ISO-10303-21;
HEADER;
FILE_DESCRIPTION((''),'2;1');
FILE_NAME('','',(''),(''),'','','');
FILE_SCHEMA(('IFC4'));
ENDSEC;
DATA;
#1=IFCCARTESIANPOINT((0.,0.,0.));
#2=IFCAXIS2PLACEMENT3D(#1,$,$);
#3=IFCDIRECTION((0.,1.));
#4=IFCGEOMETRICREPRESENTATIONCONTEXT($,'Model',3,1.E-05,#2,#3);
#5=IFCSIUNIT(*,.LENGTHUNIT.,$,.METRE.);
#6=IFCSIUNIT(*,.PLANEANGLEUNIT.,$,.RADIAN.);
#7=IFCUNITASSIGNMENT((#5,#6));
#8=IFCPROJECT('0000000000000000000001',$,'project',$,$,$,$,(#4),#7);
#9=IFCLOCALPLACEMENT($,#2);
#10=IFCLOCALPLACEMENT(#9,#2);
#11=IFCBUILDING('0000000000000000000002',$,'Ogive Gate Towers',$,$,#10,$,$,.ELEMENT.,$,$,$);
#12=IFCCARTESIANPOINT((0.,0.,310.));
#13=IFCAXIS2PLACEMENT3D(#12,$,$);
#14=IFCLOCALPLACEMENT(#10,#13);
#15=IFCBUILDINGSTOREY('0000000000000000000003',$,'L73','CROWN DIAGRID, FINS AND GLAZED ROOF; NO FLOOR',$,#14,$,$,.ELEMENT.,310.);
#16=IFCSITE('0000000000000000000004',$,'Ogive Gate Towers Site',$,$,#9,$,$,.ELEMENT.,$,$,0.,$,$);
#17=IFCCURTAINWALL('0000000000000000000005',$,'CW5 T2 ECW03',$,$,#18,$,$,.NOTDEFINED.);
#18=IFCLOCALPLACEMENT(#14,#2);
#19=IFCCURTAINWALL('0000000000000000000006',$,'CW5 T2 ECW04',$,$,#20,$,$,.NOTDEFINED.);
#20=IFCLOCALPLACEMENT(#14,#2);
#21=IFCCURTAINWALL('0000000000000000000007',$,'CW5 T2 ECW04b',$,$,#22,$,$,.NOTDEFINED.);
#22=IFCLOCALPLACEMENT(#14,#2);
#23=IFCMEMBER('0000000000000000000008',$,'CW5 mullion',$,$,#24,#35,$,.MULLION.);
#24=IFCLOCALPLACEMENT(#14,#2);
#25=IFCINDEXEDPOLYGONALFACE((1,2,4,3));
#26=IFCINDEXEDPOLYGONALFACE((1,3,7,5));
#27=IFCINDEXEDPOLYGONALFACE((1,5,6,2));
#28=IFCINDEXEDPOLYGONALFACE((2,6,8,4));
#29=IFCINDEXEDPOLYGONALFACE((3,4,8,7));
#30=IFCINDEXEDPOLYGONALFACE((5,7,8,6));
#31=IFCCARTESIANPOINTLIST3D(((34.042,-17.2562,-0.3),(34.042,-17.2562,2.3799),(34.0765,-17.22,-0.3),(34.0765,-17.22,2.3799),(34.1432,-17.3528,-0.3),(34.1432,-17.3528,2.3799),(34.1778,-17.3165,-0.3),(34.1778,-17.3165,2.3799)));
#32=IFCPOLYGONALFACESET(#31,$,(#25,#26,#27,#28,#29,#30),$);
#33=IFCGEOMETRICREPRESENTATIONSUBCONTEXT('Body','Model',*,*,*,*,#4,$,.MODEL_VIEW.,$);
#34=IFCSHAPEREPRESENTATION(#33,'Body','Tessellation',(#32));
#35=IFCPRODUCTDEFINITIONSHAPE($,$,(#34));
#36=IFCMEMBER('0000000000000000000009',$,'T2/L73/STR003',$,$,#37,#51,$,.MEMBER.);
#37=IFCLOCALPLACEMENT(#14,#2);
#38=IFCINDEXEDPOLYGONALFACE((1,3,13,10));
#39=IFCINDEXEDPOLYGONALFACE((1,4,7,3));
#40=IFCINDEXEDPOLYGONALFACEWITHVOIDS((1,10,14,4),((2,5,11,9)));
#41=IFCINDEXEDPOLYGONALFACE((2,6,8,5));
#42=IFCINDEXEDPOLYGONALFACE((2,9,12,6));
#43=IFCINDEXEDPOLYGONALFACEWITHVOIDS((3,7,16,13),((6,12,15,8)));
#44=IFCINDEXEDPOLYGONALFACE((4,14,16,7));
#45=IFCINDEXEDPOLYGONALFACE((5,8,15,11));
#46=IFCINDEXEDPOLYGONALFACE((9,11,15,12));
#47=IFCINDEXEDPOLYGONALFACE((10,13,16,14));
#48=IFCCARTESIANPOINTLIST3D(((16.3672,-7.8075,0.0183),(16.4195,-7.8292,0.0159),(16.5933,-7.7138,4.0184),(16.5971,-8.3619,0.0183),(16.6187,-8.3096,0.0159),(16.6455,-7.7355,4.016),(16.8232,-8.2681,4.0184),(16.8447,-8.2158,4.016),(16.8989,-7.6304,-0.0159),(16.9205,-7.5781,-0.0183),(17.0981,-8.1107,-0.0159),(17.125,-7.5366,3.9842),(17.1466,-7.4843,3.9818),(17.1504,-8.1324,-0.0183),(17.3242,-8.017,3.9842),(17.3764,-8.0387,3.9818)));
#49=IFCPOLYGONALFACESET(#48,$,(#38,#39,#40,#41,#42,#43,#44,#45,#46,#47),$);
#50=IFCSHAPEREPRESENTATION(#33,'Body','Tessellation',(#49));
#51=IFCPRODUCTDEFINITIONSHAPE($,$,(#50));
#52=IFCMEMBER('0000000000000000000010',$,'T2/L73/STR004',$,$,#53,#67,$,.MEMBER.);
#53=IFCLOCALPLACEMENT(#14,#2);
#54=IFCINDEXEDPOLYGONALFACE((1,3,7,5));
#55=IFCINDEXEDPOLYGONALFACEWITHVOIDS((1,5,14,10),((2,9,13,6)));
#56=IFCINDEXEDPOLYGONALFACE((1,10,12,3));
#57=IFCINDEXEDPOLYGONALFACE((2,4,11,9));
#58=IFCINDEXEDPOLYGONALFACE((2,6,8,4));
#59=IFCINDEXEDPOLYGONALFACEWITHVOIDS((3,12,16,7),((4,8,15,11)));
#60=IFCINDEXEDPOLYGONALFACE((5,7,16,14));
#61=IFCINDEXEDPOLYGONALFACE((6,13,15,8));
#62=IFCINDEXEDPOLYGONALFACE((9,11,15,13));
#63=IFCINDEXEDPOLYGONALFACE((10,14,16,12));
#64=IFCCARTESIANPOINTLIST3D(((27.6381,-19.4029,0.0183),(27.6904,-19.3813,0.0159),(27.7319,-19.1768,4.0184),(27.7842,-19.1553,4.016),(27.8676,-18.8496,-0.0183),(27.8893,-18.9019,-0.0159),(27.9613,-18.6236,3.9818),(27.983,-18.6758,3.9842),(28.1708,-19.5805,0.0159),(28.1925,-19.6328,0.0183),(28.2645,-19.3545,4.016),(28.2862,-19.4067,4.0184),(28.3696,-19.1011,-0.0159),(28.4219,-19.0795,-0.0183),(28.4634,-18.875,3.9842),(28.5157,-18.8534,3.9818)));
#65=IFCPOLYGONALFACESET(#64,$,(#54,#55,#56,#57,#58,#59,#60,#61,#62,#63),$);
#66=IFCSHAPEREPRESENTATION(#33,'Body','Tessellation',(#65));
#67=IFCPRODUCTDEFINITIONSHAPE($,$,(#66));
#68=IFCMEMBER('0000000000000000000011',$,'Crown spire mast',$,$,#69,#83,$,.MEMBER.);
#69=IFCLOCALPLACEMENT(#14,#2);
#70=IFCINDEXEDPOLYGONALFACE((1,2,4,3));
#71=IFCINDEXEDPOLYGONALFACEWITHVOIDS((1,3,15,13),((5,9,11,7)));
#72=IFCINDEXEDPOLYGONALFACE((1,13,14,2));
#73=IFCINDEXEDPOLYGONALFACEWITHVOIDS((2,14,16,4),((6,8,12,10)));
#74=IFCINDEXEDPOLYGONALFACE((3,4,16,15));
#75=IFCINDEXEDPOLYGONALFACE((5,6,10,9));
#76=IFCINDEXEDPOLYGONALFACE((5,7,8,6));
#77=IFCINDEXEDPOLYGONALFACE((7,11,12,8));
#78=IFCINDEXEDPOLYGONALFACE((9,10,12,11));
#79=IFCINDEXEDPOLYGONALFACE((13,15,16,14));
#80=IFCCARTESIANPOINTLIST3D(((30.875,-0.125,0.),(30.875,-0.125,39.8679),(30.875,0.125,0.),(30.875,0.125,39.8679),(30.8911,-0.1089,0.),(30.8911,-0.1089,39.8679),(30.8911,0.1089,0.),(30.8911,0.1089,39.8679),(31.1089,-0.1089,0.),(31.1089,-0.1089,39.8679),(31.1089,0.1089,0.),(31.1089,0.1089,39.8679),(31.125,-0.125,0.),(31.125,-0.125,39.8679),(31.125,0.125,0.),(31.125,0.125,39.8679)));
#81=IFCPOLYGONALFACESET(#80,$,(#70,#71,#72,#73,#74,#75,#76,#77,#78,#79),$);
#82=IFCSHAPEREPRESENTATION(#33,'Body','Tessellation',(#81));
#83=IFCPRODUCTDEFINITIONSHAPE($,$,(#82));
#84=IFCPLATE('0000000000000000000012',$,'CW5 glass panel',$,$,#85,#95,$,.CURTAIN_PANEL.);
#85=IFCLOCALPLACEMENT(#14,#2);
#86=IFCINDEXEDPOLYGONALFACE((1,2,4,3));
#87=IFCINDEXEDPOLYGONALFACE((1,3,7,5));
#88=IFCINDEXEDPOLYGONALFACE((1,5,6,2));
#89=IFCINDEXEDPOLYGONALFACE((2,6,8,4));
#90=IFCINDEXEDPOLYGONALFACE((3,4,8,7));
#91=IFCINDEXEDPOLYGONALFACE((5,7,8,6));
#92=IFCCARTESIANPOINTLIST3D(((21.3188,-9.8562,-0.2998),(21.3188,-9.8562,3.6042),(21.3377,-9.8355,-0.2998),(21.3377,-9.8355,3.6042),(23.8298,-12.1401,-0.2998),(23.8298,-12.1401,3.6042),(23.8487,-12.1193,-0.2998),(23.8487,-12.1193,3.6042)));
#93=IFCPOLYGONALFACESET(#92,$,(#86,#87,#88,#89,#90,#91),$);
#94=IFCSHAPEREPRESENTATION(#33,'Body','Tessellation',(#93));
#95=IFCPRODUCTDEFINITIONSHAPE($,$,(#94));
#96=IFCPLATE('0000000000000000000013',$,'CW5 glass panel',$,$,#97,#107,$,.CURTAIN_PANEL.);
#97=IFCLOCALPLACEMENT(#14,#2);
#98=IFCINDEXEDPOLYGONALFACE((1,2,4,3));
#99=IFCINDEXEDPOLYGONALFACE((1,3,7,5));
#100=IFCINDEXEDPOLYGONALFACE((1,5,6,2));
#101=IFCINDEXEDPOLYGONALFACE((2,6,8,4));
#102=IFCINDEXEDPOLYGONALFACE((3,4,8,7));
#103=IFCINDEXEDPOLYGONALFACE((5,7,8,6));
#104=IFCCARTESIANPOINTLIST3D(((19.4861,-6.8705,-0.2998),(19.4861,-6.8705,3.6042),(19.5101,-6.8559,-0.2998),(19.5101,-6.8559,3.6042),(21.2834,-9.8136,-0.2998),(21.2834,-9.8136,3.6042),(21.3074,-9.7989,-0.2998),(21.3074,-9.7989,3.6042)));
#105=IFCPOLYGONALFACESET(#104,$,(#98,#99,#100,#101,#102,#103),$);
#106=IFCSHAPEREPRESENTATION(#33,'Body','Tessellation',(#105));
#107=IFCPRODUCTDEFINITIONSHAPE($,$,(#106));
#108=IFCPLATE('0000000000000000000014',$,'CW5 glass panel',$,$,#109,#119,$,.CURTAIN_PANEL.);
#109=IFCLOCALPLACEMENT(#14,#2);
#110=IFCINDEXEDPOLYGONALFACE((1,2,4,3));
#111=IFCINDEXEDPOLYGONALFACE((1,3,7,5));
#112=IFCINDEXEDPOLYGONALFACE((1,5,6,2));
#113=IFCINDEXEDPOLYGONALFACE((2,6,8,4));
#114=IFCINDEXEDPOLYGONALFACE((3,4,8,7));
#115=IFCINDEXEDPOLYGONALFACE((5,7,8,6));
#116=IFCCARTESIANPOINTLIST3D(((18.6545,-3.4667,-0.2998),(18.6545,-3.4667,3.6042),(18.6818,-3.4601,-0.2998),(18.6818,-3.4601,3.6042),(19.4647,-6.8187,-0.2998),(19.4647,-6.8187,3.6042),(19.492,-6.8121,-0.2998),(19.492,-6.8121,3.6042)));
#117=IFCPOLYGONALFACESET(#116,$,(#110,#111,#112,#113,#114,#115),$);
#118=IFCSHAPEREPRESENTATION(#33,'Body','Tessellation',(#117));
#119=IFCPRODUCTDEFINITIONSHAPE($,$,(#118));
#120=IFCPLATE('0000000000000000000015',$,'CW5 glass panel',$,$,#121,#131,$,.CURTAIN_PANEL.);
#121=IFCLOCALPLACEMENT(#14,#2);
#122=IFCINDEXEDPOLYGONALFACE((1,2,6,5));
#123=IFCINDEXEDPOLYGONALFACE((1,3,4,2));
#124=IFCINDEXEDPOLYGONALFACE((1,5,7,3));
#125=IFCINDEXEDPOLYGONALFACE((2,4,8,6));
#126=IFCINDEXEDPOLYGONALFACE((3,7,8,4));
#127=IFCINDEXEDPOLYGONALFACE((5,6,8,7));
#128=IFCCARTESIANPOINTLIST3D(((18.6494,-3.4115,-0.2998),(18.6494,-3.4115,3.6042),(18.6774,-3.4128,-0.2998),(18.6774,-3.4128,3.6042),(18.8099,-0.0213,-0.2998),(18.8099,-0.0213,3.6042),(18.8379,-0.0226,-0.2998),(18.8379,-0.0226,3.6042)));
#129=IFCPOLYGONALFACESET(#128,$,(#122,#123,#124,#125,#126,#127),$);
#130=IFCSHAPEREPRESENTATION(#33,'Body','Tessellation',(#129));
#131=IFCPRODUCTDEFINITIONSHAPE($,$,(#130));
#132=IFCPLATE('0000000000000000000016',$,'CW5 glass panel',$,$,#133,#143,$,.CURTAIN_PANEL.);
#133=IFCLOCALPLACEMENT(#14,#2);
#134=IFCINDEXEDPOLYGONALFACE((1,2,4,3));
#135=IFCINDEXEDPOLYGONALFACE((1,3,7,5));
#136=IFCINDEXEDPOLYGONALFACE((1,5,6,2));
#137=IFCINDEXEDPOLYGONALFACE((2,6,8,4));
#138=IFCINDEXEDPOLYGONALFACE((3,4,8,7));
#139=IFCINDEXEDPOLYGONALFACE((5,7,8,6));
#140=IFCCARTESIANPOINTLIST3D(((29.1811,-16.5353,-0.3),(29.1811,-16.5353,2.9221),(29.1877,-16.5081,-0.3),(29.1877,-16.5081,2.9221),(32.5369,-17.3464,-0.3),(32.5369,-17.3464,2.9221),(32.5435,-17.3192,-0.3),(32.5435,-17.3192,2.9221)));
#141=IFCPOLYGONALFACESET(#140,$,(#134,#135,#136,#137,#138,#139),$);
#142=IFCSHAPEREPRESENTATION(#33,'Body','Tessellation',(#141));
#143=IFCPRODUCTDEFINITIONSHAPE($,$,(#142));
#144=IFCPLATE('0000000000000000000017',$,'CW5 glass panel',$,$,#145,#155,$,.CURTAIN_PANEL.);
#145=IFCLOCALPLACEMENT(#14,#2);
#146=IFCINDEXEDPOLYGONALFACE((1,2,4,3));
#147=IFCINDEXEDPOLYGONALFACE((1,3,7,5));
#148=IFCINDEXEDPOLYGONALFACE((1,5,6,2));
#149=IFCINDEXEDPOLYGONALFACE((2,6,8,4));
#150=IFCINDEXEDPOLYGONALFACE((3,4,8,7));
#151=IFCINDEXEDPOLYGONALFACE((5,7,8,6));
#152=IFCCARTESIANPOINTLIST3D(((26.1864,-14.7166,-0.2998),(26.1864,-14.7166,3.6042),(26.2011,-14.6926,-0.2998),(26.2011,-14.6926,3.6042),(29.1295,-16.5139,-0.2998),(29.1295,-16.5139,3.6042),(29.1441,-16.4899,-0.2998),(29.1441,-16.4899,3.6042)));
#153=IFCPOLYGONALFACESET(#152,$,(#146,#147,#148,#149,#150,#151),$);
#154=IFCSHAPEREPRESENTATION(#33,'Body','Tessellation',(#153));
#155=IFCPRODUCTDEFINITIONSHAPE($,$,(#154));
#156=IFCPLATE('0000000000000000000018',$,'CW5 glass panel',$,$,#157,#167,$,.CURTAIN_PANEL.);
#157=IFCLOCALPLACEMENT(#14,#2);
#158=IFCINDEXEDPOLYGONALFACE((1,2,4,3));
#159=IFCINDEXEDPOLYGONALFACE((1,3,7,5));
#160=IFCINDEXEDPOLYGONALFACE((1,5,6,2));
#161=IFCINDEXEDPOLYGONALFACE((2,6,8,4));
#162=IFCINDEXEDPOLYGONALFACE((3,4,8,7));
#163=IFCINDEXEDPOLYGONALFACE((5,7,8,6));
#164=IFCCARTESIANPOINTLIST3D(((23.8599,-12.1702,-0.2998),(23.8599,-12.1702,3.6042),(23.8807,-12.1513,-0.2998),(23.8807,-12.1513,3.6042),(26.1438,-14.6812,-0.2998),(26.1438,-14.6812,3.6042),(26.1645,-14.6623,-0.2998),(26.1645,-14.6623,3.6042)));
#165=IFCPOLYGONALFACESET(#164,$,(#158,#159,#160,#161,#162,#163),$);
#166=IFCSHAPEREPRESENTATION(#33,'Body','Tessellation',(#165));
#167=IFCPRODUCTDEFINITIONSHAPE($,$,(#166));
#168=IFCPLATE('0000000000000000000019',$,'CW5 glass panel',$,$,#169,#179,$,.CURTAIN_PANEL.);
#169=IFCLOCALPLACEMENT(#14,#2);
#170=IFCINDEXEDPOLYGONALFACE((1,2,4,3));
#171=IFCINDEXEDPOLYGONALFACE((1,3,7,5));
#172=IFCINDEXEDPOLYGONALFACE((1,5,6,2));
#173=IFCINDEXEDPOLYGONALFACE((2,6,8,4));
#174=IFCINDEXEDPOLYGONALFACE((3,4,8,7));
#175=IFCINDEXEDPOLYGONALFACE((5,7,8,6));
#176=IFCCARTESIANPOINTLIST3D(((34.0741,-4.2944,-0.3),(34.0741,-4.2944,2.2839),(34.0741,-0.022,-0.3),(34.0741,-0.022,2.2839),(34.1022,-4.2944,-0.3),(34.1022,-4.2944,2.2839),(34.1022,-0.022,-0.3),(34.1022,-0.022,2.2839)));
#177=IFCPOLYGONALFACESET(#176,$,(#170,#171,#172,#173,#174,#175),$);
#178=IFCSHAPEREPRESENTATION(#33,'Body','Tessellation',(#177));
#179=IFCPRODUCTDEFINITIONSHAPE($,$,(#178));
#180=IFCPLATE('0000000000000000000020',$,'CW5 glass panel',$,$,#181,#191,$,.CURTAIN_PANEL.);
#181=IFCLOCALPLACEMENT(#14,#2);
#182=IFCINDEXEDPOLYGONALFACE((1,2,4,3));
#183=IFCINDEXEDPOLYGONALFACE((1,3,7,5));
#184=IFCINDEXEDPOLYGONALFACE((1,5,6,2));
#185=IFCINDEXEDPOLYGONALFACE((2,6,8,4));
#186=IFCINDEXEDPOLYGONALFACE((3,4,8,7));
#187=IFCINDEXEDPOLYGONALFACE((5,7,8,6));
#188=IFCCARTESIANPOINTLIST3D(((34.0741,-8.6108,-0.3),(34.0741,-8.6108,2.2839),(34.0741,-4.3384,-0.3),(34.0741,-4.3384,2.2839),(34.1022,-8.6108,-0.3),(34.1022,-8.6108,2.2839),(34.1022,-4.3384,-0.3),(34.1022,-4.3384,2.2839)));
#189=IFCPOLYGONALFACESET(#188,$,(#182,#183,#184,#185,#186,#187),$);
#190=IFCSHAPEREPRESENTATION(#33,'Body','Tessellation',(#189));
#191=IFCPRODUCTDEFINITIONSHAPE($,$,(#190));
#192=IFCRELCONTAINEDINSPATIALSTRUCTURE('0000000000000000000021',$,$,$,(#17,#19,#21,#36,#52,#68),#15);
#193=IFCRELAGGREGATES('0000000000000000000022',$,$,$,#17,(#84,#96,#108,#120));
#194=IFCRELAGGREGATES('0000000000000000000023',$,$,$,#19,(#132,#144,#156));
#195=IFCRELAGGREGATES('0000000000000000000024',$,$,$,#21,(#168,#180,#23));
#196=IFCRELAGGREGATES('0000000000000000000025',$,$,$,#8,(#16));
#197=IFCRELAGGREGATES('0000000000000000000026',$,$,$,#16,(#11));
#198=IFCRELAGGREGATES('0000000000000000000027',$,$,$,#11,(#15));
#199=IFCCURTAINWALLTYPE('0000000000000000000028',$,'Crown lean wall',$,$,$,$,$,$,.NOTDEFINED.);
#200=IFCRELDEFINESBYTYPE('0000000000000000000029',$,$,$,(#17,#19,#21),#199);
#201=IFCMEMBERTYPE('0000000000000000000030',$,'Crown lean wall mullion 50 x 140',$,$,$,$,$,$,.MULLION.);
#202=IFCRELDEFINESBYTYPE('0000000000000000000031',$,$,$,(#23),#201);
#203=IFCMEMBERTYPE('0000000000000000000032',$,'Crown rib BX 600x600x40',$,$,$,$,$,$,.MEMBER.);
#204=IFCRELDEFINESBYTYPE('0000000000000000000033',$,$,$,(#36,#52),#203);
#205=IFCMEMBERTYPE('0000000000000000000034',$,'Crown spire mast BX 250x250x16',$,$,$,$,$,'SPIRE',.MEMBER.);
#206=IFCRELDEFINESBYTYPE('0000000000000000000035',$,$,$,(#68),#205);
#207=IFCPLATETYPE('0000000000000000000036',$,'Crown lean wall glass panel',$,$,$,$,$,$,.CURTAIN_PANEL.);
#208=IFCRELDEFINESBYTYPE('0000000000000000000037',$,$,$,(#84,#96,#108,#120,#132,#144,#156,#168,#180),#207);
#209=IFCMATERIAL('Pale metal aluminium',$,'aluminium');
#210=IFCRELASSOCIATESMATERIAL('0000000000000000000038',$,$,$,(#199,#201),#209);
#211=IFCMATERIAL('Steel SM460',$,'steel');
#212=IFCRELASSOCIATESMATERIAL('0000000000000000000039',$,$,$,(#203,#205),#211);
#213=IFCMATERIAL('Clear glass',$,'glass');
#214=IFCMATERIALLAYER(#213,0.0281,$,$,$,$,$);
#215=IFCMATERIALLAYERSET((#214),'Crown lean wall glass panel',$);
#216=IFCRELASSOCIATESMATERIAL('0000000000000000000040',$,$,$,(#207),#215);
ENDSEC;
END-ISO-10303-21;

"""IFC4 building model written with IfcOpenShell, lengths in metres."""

from ifc_helpers import new_model, si_unit, direction, frame, origin, origin_2d, place, context, subcontext, project, spatial, rectangle, hollow_rectangle, extrude, material, layer, layer_set, material_profile, profile_set, type_object, element, aggregate, save


model = new_model("IFC4")

# Units and contexts
model_context = context("Model", 3, precision=1e-05, world=origin(), true_north=direction((0.0, 1.0)))
body_context = subcontext(model_context, "Body", "Model", "MODEL_VIEW")
ifc_project = project(units=[si_unit("LENGTHUNIT", "METRE"), si_unit("PLANEANGLEUNIT", "RADIAN")], contexts=[model_context])

# Site, building, storey
site_placement = place(None, origin())
site = spatial("IfcSite", under=ifc_project, at=site_placement, Name="Ogive Gate Towers Site", CompositionType="ELEMENT", RefElevation=0.0)
building_placement = place(site_placement, origin())
building = spatial("IfcBuilding", under=site, at=building_placement, Name="Ogive Gate Towers", CompositionType="ELEMENT")
storey_placement = place(building_placement, frame((0.0, 0.0, 310.0)))
storey = spatial("IfcBuildingStorey", under=building, at=storey_placement, Name="L73", Description="CROWN DIAGRID, FINS AND GLAZED ROOF; NO FLOOR", CompositionType="ELEMENT", Elevation=310.0)

# Shared definitions
ifc_material_1 = material(Name="Steel SM460", Category="steel")

# Shared definitions
ifc_material_2 = material(Name="Pale metal aluminium", Category="aluminium")
curtain_wall_type = type_object("IfcCurtainWallType", Name="Crown lean wall", PredefinedType="NOTDEFINED", material=ifc_material_2)
ifc_material_profile_1 = material_profile(ifc_material_2, rectangle(XDim=0.1399, YDim=0.05, at=origin_2d()), Name="50 x 140 aluminium box")
ifc_profile_set_1 = profile_set([ifc_material_profile_1], Name="Pale metal aluminium")
member_type_1 = type_object("IfcMemberType", Name="Crown lean wall mullion 50 x 140", PredefinedType="MULLION", material=ifc_profile_set_1)

# Curtain walls, member
curtain_wall_1_placement = place(storey_placement, origin())
curtain_wall_1 = element("IfcCurtainWall", 1, at=curtain_wall_1_placement, inside=storey, type_object=curtain_wall_type, Name="CW5 T2 ECW03", PredefinedType="NOTDEFINED")
curtain_wall_2_placement = place(storey_placement, origin())
curtain_wall_2 = element("IfcCurtainWall", 2, at=curtain_wall_2_placement, inside=storey, type_object=curtain_wall_type, Name="CW5 T2 ECW04", PredefinedType="NOTDEFINED")
curtain_wall_3_placement = place(storey_placement, origin())
curtain_wall_3 = element("IfcCurtainWall", 3, at=curtain_wall_3_placement, inside=storey, type_object=curtain_wall_type, Name="CW5 T2 ECW04b", PredefinedType="NOTDEFINED")
member_1_placement = place(storey_placement, frame((34.1099, -17.2864, -0.3), z_axis=(0.0, 0.0, 1.0), x_axis=(-0.723642, 0.690175, 0.0)))
member_1 = element("IfcMember", 4, at=member_1_placement, type_object=member_type_1, Name="CW5 mullion", PredefinedType="MULLION", context=body_context, shape_type="SweptSolid", body=[
    extrude(rectangle(XDim=0.1399, YDim=0.05, at=origin_2d()), origin(), (0.0, 0.0, 1.0), 2.6799),
])

# Members
ifc_material_profile_2 = material_profile(ifc_material_1, hollow_rectangle(XDim=0.6001, YDim=0.6001, WallThickness=0.04, at=origin_2d()), Name="BX 600x600x40")
ifc_profile_set_2 = profile_set([ifc_material_profile_2], Name="Steel SM460")
member_type_2 = type_object("IfcMemberType", Name="Crown rib BX 600x600x40", PredefinedType="MEMBER", material=ifc_profile_set_2)
for number, where, z_axis, x_axis, name in (
    (5, (16.7588, -7.97, 0.0), (0.056413, 0.023394, 0.998133), (-0.383057, 0.923725, 0.0), "T2/L73/STR003"),
    (6, (28.03, -19.2412, 0.0), (0.023394, 0.056413, 0.998133), (-0.923725, 0.383057, 0.0), "T2/L73/STR004"),
):
    element("IfcMember", number, at=place(storey_placement, frame(where, z_axis=z_axis, x_axis=x_axis)), inside=storey, type_object=member_type_2, Name=name, PredefinedType="MEMBER", context=body_context, shape_type="SweptSolid", body=[
        extrude(hollow_rectangle(XDim=0.6001, YDim=0.6001, WallThickness=0.04, at=origin_2d()), origin(), (0.0, 0.0, 1.0), 4.0076),
    ])
ifc_material_profile_3 = material_profile(ifc_material_1, hollow_rectangle(XDim=0.25, YDim=0.25, WallThickness=0.0161, at=origin_2d()), Name="BX 250x250x16")
ifc_profile_set_3 = profile_set([ifc_material_profile_3], Name="Steel SM460")
member_type_3 = type_object("IfcMemberType", Name="Crown spire mast BX 250x250x16", ElementType="SPIRE", PredefinedType="MEMBER", material=ifc_profile_set_3)
member_2_placement = place(storey_placement, frame((31.0, 0.0, 0.0), z_axis=(0.0, 0.0, 1.0), x_axis=(1.0, 0.0, 0.0)))
element("IfcMember", 7, at=member_2_placement, inside=storey, type_object=member_type_3, Name="Crown spire mast", PredefinedType="MEMBER", context=body_context, shape_type="SweptSolid", body=[
    extrude(hollow_rectangle(XDim=0.25, YDim=0.25, WallThickness=0.0161, at=origin_2d()), origin(), (0.0, 0.0, 1.0), 39.8679),
])

# Plates
ifc_material_3 = material(Name="Clear glass", Category="glass")
ifc_layer_1 = layer(ifc_material_3, 0.0281)
ifc_layer_set_1 = layer_set([ifc_layer_1], Name="Crown lean wall glass panel")
plate_type = type_object("IfcPlateType", Name="Crown lean wall glass panel", PredefinedType="CURTAIN_PANEL", material=ifc_layer_set_1)
plate_1_placement = place(storey_placement, frame((22.5837, -10.9878, -0.2998), z_axis=(0.0, 0.0, 1.0), x_axis=(-0.739772, 0.672858, 0.0)))
plate_1 = element("IfcPlate", 8, at=plate_1_placement, type_object=plate_type, Name="CW5 glass panel", PredefinedType="CURTAIN_PANEL", context=body_context, shape_type="SweptSolid", body=[
    extrude(rectangle(XDim=3.3943, YDim=0.0281, at=origin_2d()), origin(), (0.0, 0.0, 1.0), 3.9041),
])
plate_2_placement = place(storey_placement, frame((20.3967, -8.3347, -0.2998), z_axis=(0.0, 0.0, 1.0), x_axis=(-0.521188, 0.853442, 0.0)))
plate_2 = element("IfcPlate", 9, at=plate_2_placement, type_object=plate_type, Name="CW5 glass panel", PredefinedType="CURTAIN_PANEL", context=body_context, shape_type="SweptSolid", body=[
    extrude(rectangle(XDim=3.4485, YDim=0.0281, at=origin_2d()), origin(), (0.0, 0.0, 1.0), 3.9041),
])
plate_3_placement = place(storey_placement, frame((19.0732, -5.1394, -0.2998), z_axis=(0.0, 0.0, 1.0), x_axis=(-0.234939, 0.97201, 0.0)))
plate_3 = element("IfcPlate", 10, at=plate_3_placement, type_object=plate_type, Name="CW5 glass panel", PredefinedType="CURTAIN_PANEL", context=body_context, shape_type="SweptSolid", body=[
    extrude(rectangle(XDim=3.4485, YDim=0.0281, at=origin_2d()), origin(), (0.0, 0.0, 1.0), 3.9041),
])
plate_4_placement = place(storey_placement, frame((18.7437, -1.717, -0.2998), z_axis=(0.0, 0.0, 1.0), x_axis=(0.047298, 0.998881, 0.0)))
plate_4 = element("IfcPlate", 11, at=plate_4_placement, type_object=plate_type, Name="CW5 glass panel", PredefinedType="CURTAIN_PANEL", context=body_context, shape_type="SweptSolid", body=[
    extrude(rectangle(XDim=3.394, YDim=0.0281, at=origin_2d()), origin(), (0.0, 0.0, 1.0), 3.9041),
])
aggregate(curtain_wall_1, [plate_1, plate_2, plate_3, plate_4])
plate_5_placement = place(storey_placement, frame((30.8623, -16.9272, -0.3), z_axis=(0.0, 0.0, 1.0), x_axis=(-0.97201, 0.234939, 0.0)))
plate_5 = element("IfcPlate", 12, at=plate_5_placement, type_object=plate_type, Name="CW5 glass panel", PredefinedType="CURTAIN_PANEL", context=body_context, shape_type="SweptSolid", body=[
    extrude(rectangle(XDim=3.4524, YDim=0.0281, at=origin_2d()), origin(), (0.0, 0.0, 1.0), 3.2222),
])
plate_6_placement = place(storey_placement, frame((27.6653, -15.6033, -0.2998), z_axis=(0.0, 0.0, 1.0), x_axis=(-0.853442, 0.521188, 0.0)))
plate_6 = element("IfcPlate", 13, at=plate_6_placement, type_object=plate_type, Name="CW5 glass panel", PredefinedType="CURTAIN_PANEL", context=body_context, shape_type="SweptSolid", body=[
    extrude(rectangle(XDim=3.4485, YDim=0.0281, at=origin_2d()), origin(), (0.0, 0.0, 1.0), 3.9041),
])
plate_7_placement = place(storey_placement, frame((25.0122, -13.4163, -0.2998), z_axis=(0.0, 0.0, 1.0), x_axis=(-0.672858, 0.739772, 0.0)))
plate_7 = element("IfcPlate", 14, at=plate_7_placement, type_object=plate_type, Name="CW5 glass panel", PredefinedType="CURTAIN_PANEL", context=body_context, shape_type="SweptSolid", body=[
    extrude(rectangle(XDim=3.3943, YDim=0.0281, at=origin_2d()), origin(), (0.0, 0.0, 1.0), 3.9041),
])
aggregate(curtain_wall_2, [plate_5, plate_6, plate_7])
plate_8_placement = place(storey_placement, frame((34.0881, -2.1582, -0.3), z_axis=(0.0, 0.0, 1.0), x_axis=(0.0, -1.0, 0.0)))
plate_8 = element("IfcPlate", 15, at=plate_8_placement, type_object=plate_type, Name="CW5 glass panel", PredefinedType="CURTAIN_PANEL", context=body_context, shape_type="SweptSolid", body=[
    extrude(rectangle(XDim=4.2725, YDim=0.0281, at=origin_2d()), origin(), (0.0, 0.0, 1.0), 2.584),
])
plate_9_placement = place(storey_placement, frame((34.0881, -6.4746, -0.3), z_axis=(0.0, 0.0, 1.0), x_axis=(0.0, -1.0, 0.0)))
plate_9 = element("IfcPlate", 16, at=plate_9_placement, type_object=plate_type, Name="CW5 glass panel", PredefinedType="CURTAIN_PANEL", context=body_context, shape_type="SweptSolid", body=[
    extrude(rectangle(XDim=4.2725, YDim=0.0281, at=origin_2d()), origin(), (0.0, 0.0, 1.0), 2.584),
])
aggregate(curtain_wall_3, [plate_8, plate_9, member_1])

save(model, "model.ifc")
